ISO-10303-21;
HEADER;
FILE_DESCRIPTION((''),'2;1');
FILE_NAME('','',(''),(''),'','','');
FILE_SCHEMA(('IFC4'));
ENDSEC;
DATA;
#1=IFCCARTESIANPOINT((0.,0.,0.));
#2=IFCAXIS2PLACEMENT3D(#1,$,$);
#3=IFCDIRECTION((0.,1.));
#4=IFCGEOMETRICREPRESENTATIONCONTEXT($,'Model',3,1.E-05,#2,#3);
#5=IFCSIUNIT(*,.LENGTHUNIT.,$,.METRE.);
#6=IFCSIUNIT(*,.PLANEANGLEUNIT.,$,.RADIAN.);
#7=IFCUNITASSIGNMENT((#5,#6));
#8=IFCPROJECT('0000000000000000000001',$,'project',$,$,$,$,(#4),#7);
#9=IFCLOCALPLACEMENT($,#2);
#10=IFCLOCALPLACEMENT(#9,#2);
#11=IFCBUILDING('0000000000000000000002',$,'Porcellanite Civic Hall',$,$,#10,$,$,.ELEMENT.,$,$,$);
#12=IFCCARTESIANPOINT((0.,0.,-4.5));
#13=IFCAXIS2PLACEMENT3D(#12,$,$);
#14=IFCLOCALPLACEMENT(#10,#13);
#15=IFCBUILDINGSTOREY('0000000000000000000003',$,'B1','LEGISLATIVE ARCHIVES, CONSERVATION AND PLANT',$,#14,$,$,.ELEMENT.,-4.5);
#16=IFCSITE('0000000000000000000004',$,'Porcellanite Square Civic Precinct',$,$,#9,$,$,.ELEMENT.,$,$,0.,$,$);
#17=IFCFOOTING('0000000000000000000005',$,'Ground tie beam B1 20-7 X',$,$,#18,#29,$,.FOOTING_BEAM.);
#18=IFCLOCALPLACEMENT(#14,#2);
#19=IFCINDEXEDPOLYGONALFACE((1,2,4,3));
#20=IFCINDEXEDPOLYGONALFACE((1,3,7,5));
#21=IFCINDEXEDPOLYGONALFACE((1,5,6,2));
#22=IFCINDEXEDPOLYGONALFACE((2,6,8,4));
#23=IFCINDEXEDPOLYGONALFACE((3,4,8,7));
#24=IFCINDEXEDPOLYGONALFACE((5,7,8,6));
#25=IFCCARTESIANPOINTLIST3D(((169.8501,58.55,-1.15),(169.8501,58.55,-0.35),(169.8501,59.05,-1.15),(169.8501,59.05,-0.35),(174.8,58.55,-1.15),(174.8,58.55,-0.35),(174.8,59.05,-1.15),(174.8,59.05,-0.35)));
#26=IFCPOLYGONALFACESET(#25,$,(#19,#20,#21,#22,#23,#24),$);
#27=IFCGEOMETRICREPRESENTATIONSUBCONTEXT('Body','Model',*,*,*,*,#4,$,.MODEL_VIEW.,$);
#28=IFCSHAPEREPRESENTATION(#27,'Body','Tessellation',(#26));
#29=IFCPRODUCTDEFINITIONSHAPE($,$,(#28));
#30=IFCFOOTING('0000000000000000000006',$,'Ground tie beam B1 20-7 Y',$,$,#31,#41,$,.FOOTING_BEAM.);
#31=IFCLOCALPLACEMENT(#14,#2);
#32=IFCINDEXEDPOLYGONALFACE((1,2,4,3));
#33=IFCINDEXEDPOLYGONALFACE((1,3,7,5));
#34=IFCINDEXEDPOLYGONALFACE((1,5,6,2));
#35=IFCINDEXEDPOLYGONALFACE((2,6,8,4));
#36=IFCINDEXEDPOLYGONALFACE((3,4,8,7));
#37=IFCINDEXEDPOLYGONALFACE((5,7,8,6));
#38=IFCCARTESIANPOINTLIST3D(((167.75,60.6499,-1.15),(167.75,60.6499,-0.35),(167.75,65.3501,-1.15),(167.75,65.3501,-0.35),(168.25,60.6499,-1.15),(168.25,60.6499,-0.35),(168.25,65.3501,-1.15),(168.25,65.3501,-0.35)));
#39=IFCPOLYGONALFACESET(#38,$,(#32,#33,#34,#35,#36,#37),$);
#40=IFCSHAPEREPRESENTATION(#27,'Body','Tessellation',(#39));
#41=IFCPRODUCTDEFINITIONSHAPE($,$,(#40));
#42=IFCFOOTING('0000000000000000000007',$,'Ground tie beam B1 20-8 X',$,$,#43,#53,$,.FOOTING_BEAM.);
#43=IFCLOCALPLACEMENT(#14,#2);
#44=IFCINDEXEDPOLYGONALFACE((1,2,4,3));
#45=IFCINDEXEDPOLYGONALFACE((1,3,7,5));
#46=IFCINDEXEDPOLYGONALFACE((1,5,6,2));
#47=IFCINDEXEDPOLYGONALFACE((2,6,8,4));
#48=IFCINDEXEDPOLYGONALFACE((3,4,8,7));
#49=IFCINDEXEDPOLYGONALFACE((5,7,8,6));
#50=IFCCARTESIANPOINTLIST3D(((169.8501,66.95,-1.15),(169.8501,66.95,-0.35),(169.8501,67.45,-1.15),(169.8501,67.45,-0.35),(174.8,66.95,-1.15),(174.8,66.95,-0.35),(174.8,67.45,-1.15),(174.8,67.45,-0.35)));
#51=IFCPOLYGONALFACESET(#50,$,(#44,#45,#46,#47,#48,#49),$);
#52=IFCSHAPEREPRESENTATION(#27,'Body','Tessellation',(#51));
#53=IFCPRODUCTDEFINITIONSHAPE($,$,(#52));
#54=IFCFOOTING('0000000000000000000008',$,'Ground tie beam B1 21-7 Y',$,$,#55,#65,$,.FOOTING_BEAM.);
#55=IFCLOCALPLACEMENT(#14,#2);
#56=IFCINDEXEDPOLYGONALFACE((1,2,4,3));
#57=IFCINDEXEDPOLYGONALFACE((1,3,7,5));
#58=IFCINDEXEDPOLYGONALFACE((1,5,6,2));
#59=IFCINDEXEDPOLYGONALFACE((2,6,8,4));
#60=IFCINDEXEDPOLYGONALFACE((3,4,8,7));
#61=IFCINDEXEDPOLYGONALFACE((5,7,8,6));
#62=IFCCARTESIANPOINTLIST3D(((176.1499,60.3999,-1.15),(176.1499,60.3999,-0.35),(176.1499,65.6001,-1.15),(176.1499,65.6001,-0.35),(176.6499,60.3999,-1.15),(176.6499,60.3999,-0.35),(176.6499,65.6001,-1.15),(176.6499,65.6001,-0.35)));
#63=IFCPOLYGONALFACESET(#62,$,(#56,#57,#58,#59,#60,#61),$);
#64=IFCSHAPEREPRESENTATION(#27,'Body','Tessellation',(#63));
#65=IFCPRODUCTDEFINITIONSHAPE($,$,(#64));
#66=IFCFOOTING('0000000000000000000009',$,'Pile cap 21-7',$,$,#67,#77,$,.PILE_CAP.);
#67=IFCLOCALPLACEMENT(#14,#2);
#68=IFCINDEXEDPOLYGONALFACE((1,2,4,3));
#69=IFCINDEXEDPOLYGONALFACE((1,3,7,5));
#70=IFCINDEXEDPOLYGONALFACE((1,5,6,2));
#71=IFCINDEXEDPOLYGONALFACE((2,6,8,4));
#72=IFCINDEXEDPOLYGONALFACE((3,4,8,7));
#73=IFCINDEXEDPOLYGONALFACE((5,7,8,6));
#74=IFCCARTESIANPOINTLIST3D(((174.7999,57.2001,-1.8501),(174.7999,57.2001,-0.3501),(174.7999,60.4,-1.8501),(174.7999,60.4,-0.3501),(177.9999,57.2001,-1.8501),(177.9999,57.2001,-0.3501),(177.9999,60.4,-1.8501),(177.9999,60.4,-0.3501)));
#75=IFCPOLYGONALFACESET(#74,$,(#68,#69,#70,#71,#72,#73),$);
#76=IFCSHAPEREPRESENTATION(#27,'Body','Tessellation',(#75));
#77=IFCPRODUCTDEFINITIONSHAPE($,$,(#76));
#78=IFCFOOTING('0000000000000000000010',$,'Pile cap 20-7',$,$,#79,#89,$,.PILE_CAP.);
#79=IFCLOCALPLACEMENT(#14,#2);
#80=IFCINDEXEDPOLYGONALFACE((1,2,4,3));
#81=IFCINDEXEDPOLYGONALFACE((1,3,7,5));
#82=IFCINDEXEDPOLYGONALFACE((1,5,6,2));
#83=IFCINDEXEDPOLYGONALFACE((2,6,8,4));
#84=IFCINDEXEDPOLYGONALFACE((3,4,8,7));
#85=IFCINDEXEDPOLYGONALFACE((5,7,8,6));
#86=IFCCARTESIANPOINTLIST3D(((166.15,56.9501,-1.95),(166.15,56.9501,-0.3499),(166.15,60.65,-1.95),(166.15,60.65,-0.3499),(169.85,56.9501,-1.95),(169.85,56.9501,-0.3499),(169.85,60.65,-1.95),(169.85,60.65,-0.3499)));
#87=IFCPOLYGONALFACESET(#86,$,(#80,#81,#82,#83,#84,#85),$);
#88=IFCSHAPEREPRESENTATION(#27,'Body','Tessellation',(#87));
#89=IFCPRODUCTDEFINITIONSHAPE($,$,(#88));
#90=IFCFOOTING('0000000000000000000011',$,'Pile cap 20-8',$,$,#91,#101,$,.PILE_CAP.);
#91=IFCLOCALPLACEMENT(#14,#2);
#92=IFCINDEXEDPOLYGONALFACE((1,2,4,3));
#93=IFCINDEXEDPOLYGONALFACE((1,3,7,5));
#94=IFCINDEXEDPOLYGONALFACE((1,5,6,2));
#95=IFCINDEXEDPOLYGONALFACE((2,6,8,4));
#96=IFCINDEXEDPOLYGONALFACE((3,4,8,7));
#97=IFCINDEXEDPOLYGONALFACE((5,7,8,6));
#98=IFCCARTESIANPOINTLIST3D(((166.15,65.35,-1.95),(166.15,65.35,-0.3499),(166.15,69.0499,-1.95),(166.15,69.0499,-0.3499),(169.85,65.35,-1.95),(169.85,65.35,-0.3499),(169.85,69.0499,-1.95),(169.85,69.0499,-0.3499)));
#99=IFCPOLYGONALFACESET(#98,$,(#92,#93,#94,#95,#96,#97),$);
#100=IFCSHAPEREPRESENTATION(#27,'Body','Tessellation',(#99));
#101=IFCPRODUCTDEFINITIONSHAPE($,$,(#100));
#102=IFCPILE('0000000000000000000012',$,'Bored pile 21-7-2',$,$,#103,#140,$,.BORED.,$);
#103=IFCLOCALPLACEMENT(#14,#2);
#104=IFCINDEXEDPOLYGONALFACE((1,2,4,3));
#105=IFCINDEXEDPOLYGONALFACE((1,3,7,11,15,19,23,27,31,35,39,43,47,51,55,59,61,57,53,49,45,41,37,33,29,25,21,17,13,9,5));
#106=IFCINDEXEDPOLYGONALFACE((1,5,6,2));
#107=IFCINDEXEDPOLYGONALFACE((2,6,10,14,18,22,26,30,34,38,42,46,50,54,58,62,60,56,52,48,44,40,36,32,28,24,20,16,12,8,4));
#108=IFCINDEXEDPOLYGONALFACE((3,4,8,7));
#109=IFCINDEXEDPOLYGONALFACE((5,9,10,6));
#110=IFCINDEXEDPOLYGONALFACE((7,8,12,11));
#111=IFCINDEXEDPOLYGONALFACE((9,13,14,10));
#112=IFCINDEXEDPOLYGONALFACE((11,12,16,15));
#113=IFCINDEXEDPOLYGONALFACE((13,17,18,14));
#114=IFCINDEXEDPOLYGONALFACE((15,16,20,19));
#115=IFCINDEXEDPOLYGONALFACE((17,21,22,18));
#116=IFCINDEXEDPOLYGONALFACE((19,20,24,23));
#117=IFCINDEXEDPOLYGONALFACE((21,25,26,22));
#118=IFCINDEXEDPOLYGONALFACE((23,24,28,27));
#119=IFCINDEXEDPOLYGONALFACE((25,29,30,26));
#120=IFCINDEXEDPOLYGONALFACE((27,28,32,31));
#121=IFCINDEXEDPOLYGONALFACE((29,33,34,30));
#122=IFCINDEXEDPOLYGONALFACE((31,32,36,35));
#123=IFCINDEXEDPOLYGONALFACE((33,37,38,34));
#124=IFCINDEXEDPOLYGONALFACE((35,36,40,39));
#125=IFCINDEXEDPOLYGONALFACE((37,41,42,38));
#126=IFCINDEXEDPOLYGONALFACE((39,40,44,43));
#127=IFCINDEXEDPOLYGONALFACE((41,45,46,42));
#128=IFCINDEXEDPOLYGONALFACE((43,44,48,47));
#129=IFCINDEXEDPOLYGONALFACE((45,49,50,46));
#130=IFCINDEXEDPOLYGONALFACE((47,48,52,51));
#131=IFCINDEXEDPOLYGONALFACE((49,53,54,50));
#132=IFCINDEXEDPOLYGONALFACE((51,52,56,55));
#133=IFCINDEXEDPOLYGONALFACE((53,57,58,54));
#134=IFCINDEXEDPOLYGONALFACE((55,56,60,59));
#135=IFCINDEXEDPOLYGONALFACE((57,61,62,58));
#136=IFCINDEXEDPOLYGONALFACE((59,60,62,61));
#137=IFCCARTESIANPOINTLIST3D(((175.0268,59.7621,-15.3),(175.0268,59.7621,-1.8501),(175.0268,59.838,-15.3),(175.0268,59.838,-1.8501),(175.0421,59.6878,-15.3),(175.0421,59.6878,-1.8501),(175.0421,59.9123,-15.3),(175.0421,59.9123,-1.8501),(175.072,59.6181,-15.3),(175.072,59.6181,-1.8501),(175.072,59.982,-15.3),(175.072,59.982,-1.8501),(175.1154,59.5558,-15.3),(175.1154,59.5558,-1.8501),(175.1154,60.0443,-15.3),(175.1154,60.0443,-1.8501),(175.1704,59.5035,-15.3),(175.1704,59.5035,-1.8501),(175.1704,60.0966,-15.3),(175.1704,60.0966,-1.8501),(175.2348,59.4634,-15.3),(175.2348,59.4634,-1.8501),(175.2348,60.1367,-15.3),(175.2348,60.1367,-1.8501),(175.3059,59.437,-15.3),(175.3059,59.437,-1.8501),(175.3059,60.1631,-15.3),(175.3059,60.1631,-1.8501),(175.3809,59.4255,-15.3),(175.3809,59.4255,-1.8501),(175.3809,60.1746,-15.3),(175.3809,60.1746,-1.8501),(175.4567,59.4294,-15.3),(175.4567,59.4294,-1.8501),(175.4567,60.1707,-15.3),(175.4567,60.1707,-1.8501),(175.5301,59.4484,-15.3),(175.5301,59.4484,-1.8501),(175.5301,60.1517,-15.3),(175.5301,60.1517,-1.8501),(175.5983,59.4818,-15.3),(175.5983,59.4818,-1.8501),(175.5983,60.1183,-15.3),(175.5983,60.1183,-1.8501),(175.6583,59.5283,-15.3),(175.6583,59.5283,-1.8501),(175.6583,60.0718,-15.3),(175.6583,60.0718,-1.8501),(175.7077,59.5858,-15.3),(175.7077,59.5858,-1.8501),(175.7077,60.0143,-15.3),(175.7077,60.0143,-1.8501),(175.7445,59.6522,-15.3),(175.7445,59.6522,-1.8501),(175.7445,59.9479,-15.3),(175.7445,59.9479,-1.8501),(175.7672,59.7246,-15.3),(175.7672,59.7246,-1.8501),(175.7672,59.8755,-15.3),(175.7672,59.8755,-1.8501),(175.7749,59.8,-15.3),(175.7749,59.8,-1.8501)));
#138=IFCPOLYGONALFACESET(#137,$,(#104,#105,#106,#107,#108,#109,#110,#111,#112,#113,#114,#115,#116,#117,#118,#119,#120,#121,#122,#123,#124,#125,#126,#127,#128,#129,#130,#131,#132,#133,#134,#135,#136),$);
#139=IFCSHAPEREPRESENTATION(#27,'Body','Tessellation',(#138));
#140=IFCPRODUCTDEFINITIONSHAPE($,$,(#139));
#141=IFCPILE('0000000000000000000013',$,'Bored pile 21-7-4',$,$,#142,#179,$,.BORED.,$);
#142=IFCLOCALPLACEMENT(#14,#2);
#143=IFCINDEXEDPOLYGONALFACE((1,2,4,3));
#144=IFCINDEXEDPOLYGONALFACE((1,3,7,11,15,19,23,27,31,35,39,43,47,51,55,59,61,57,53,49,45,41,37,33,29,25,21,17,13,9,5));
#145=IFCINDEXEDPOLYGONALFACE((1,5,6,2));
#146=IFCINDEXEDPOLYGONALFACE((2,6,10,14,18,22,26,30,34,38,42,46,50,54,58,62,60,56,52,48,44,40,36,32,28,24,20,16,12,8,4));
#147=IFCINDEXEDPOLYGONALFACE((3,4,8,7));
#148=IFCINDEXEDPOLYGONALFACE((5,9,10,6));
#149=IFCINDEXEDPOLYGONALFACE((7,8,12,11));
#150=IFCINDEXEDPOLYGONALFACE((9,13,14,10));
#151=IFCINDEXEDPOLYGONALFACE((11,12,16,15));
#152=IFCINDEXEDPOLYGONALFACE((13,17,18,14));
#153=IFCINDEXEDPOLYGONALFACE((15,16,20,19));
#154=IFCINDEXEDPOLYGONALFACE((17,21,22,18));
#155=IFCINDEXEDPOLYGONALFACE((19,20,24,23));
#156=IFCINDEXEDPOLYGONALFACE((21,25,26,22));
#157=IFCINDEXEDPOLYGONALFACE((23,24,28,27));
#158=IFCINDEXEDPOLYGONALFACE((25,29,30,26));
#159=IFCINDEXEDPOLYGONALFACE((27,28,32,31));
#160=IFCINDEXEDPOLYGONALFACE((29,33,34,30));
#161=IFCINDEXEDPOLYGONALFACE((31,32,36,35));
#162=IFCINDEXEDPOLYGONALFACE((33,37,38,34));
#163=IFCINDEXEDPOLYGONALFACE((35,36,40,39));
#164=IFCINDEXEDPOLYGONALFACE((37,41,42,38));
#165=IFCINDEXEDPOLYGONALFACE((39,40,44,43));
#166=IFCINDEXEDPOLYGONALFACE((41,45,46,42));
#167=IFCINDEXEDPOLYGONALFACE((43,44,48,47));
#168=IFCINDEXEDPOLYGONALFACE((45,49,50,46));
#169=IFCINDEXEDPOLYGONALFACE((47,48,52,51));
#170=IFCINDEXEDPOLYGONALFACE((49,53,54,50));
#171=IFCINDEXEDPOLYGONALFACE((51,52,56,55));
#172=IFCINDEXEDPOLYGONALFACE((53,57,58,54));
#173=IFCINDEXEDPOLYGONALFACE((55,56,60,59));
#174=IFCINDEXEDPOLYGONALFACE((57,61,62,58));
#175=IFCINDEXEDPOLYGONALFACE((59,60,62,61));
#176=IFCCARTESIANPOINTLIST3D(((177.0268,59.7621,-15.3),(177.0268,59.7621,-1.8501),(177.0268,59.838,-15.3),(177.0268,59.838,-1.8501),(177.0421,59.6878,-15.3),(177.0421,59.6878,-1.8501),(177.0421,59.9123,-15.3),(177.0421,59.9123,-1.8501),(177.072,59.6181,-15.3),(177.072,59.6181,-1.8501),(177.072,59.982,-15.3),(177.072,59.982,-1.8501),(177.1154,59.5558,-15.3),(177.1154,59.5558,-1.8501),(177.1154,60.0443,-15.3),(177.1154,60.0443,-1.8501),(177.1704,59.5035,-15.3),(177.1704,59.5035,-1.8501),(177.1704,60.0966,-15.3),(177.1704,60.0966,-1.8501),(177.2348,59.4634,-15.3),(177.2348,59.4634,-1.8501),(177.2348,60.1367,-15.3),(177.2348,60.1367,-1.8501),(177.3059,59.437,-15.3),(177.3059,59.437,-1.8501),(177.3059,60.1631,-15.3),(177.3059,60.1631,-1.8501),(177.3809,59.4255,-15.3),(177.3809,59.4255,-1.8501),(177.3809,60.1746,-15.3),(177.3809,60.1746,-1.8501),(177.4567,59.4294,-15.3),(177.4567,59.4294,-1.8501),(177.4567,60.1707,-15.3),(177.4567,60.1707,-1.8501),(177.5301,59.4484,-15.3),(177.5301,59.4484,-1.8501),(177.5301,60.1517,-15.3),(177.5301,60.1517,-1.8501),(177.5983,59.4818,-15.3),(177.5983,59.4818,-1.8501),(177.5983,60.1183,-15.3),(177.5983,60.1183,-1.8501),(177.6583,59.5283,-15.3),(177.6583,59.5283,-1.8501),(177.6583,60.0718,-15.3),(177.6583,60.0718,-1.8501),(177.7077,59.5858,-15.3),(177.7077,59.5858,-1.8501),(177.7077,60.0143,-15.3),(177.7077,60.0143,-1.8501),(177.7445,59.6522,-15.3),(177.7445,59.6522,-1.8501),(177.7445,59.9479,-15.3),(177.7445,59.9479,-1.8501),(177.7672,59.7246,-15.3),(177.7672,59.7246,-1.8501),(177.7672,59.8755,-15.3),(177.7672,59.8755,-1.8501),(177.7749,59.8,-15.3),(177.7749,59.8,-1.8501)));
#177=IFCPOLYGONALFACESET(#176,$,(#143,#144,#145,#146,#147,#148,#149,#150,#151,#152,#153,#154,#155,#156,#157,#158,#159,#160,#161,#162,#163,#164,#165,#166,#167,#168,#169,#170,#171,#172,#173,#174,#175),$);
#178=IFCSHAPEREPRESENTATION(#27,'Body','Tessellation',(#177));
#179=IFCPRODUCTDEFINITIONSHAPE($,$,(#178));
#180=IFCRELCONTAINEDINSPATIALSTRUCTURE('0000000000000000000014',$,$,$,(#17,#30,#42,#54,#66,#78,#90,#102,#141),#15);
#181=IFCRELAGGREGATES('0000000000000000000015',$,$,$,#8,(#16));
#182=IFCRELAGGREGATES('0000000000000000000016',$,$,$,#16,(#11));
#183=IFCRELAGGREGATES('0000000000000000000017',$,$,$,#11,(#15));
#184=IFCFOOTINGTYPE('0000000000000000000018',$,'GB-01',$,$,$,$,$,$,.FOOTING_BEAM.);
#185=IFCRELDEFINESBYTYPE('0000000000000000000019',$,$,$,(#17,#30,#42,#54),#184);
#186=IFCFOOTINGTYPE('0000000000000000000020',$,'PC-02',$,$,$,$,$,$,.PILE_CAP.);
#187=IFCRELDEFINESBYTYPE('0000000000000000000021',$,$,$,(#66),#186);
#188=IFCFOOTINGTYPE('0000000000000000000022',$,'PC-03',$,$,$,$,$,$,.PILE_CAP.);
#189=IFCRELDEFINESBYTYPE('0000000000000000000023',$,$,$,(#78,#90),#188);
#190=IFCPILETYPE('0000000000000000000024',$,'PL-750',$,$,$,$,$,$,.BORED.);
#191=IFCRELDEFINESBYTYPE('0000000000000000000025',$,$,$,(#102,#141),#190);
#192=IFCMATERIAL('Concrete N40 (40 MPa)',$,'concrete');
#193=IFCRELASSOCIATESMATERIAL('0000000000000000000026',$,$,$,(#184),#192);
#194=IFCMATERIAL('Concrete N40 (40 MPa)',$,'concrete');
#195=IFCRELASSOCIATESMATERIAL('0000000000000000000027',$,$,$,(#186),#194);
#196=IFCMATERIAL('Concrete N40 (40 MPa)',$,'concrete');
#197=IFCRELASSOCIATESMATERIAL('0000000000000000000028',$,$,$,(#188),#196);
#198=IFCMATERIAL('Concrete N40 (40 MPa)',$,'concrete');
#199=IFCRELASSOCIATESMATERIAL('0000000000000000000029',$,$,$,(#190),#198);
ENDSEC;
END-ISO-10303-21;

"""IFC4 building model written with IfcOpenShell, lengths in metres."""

from ifc_helpers import new_model, si_unit, direction, frame, origin, origin_2d, place, context, subcontext, project, spatial, rectangle, circle, extrude, material, material_profile, profile_set, type_object, element, save


model = new_model("IFC4")

# Units and contexts
model_context = context("Model", 3, precision=1e-05, world=origin(), true_north=direction((0.0, 1.0)))
body_context = subcontext(model_context, "Body", "Model", "MODEL_VIEW")
ifc_project = project(units=[si_unit("LENGTHUNIT", "METRE"), si_unit("PLANEANGLEUNIT", "RADIAN")], contexts=[model_context])

# Site, building, storey
site_placement = place(None, origin())
site = spatial("IfcSite", under=ifc_project, at=site_placement, Name="Porcellanite Square Civic Precinct", CompositionType="ELEMENT", RefElevation=0.0)
building_placement = place(site_placement, origin())
building = spatial("IfcBuilding", under=site, at=building_placement, Name="Porcellanite Civic Hall", CompositionType="ELEMENT")
storey_placement = place(building_placement, frame((0.0, 0.0, -4.5)))
storey = spatial("IfcBuildingStorey", under=building, at=storey_placement, Name="B1", Description="LEGISLATIVE ARCHIVES, CONSERVATION AND PLANT", CompositionType="ELEMENT", Elevation=-4.5)

# Footings
ifc_material_1 = material(Name="Concrete N40 (40 MPa)", Category="concrete")
ifc_material_profile_1 = material_profile(ifc_material_1, rectangle(XDim=0.5, YDim=0.8, at=origin_2d()), Name="RC-500x800")
ifc_profile_set_1 = profile_set([ifc_material_profile_1], Name="Concrete N40 (40 MPa)")
footing_type_1 = type_object("IfcFootingType", Name="GB-01", PredefinedType="FOOTING_BEAM", material=ifc_profile_set_1)
footing_1_placement = place(storey_placement, frame((169.8501, 58.8, -0.75), z_axis=(1.0, 0.0, 0.0), x_axis=(0.0, 1.0, 0.0)))
element("IfcFooting", 1, at=footing_1_placement, inside=storey, type_object=footing_type_1, Name="Ground tie beam B1 20-7 X", PredefinedType="FOOTING_BEAM", context=body_context, shape_type="SweptSolid", body=[
    extrude(rectangle(XDim=0.5, YDim=0.8, at=origin_2d()), origin(), (0.0, 0.0, 1.0), 4.95),
])
footing_2_placement = place(storey_placement, frame((168.0, 60.6499, -0.75), z_axis=(0.0, 1.0, 0.0), x_axis=(-1.0, 0.0, 0.0)))
element("IfcFooting", 2, at=footing_2_placement, inside=storey, type_object=footing_type_1, Name="Ground tie beam B1 20-7 Y", PredefinedType="FOOTING_BEAM", context=body_context, shape_type="SweptSolid", body=[
    extrude(rectangle(XDim=0.5, YDim=0.8, at=origin_2d()), origin(), (0.0, 0.0, 1.0), 4.7002),
])
footing_3_placement = place(storey_placement, frame((169.8501, 67.2, -0.75), z_axis=(1.0, 0.0, 0.0), x_axis=(0.0, 1.0, 0.0)))
element("IfcFooting", 3, at=footing_3_placement, inside=storey, type_object=footing_type_1, Name="Ground tie beam B1 20-8 X", PredefinedType="FOOTING_BEAM", context=body_context, shape_type="SweptSolid", body=[
    extrude(rectangle(XDim=0.5, YDim=0.8, at=origin_2d()), origin(), (0.0, 0.0, 1.0), 4.95),
])
footing_4_placement = place(storey_placement, frame((176.3999, 60.3999, -0.75), z_axis=(0.0, 1.0, 0.0), x_axis=(-1.0, 0.0, 0.0)))
element("IfcFooting", 4, at=footing_4_placement, inside=storey, type_object=footing_type_1, Name="Ground tie beam B1 21-7 Y", PredefinedType="FOOTING_BEAM", context=body_context, shape_type="SweptSolid", body=[
    extrude(rectangle(XDim=0.5, YDim=0.8, at=origin_2d()), origin(), (0.0, 0.0, 1.0), 5.2002),
])
ifc_material_2 = material(Name="Concrete N40 (40 MPa)", Category="concrete")
footing_type_2 = type_object("IfcFootingType", Name="PC-02", PredefinedType="PILE_CAP", material=ifc_material_2)
footing_5_placement = place(storey_placement, frame((176.3999, 58.8, -1.8501), z_axis=(0.0, 0.0, 1.0), x_axis=(1.0, 0.0, 0.0)))
element("IfcFooting", 5, at=footing_5_placement, inside=storey, type_object=footing_type_2, Name="Pile cap 21-7", PredefinedType="PILE_CAP", context=body_context, shape_type="SweptSolid", body=[
    extrude(rectangle(XDim=3.2, YDim=3.2, at=origin_2d()), origin(), (0.0, 0.0, 1.0), 1.5),
])
ifc_material_3 = material(Name="Concrete N40 (40 MPa)", Category="concrete")
footing_type_3 = type_object("IfcFootingType", Name="PC-03", PredefinedType="PILE_CAP", material=ifc_material_3)
for number, where, z_axis, x_axis, name in (
    (6, (168.0, 58.8, -1.95), (0.0, 0.0, 1.0), (1.0, 0.0, 0.0), "Pile cap 20-7"),
    (7, (168.0, 67.2, -1.95), (0.0, 0.0, 1.0), (1.0, 0.0, 0.0), "Pile cap 20-8"),
):
    element("IfcFooting", number, at=place(storey_placement, frame(where, z_axis=z_axis, x_axis=x_axis)), inside=storey, type_object=footing_type_3, Name=name, PredefinedType="PILE_CAP", context=body_context, shape_type="SweptSolid", body=[
        extrude(rectangle(XDim=3.7, YDim=3.7, at=origin_2d()), origin(), (0.0, 0.0, 1.0), 1.6001),
    ])

# Piles
ifc_material_4 = material(Name="Concrete N40 (40 MPa)", Category="concrete")
ifc_material_profile_2 = material_profile(ifc_material_4, circle(Radius=0.375, at=origin_2d()), Name="PILE-D750")
ifc_profile_set_2 = profile_set([ifc_material_profile_2], Name="Concrete N40 (40 MPa)")
pile_type_1 = type_object("IfcPileType", Name="PL-750", PredefinedType="BORED", material=ifc_profile_set_2)
for number, where, z_axis, x_axis, name in (
    (8, (175.3999, 59.8, -1.8501), (0.0, 0.0, -1.0), (1.0, 0.0, 0.0), "Bored pile 21-7-2"),
    (9, (177.3999, 59.8, -1.8501), (0.0, 0.0, -1.0), (1.0, 0.0, 0.0), "Bored pile 21-7-4"),
):
    element("IfcPile", number, at=place(storey_placement, frame(where, z_axis=z_axis, x_axis=x_axis)), inside=storey, type_object=pile_type_1, Name=name, PredefinedType="BORED", context=body_context, shape_type="SweptSolid", body=[
        extrude(circle(Radius=0.375, at=origin_2d()), origin(), (0.0, 0.0, 1.0), 13.45),
    ])

save(model, "model.ifc")
